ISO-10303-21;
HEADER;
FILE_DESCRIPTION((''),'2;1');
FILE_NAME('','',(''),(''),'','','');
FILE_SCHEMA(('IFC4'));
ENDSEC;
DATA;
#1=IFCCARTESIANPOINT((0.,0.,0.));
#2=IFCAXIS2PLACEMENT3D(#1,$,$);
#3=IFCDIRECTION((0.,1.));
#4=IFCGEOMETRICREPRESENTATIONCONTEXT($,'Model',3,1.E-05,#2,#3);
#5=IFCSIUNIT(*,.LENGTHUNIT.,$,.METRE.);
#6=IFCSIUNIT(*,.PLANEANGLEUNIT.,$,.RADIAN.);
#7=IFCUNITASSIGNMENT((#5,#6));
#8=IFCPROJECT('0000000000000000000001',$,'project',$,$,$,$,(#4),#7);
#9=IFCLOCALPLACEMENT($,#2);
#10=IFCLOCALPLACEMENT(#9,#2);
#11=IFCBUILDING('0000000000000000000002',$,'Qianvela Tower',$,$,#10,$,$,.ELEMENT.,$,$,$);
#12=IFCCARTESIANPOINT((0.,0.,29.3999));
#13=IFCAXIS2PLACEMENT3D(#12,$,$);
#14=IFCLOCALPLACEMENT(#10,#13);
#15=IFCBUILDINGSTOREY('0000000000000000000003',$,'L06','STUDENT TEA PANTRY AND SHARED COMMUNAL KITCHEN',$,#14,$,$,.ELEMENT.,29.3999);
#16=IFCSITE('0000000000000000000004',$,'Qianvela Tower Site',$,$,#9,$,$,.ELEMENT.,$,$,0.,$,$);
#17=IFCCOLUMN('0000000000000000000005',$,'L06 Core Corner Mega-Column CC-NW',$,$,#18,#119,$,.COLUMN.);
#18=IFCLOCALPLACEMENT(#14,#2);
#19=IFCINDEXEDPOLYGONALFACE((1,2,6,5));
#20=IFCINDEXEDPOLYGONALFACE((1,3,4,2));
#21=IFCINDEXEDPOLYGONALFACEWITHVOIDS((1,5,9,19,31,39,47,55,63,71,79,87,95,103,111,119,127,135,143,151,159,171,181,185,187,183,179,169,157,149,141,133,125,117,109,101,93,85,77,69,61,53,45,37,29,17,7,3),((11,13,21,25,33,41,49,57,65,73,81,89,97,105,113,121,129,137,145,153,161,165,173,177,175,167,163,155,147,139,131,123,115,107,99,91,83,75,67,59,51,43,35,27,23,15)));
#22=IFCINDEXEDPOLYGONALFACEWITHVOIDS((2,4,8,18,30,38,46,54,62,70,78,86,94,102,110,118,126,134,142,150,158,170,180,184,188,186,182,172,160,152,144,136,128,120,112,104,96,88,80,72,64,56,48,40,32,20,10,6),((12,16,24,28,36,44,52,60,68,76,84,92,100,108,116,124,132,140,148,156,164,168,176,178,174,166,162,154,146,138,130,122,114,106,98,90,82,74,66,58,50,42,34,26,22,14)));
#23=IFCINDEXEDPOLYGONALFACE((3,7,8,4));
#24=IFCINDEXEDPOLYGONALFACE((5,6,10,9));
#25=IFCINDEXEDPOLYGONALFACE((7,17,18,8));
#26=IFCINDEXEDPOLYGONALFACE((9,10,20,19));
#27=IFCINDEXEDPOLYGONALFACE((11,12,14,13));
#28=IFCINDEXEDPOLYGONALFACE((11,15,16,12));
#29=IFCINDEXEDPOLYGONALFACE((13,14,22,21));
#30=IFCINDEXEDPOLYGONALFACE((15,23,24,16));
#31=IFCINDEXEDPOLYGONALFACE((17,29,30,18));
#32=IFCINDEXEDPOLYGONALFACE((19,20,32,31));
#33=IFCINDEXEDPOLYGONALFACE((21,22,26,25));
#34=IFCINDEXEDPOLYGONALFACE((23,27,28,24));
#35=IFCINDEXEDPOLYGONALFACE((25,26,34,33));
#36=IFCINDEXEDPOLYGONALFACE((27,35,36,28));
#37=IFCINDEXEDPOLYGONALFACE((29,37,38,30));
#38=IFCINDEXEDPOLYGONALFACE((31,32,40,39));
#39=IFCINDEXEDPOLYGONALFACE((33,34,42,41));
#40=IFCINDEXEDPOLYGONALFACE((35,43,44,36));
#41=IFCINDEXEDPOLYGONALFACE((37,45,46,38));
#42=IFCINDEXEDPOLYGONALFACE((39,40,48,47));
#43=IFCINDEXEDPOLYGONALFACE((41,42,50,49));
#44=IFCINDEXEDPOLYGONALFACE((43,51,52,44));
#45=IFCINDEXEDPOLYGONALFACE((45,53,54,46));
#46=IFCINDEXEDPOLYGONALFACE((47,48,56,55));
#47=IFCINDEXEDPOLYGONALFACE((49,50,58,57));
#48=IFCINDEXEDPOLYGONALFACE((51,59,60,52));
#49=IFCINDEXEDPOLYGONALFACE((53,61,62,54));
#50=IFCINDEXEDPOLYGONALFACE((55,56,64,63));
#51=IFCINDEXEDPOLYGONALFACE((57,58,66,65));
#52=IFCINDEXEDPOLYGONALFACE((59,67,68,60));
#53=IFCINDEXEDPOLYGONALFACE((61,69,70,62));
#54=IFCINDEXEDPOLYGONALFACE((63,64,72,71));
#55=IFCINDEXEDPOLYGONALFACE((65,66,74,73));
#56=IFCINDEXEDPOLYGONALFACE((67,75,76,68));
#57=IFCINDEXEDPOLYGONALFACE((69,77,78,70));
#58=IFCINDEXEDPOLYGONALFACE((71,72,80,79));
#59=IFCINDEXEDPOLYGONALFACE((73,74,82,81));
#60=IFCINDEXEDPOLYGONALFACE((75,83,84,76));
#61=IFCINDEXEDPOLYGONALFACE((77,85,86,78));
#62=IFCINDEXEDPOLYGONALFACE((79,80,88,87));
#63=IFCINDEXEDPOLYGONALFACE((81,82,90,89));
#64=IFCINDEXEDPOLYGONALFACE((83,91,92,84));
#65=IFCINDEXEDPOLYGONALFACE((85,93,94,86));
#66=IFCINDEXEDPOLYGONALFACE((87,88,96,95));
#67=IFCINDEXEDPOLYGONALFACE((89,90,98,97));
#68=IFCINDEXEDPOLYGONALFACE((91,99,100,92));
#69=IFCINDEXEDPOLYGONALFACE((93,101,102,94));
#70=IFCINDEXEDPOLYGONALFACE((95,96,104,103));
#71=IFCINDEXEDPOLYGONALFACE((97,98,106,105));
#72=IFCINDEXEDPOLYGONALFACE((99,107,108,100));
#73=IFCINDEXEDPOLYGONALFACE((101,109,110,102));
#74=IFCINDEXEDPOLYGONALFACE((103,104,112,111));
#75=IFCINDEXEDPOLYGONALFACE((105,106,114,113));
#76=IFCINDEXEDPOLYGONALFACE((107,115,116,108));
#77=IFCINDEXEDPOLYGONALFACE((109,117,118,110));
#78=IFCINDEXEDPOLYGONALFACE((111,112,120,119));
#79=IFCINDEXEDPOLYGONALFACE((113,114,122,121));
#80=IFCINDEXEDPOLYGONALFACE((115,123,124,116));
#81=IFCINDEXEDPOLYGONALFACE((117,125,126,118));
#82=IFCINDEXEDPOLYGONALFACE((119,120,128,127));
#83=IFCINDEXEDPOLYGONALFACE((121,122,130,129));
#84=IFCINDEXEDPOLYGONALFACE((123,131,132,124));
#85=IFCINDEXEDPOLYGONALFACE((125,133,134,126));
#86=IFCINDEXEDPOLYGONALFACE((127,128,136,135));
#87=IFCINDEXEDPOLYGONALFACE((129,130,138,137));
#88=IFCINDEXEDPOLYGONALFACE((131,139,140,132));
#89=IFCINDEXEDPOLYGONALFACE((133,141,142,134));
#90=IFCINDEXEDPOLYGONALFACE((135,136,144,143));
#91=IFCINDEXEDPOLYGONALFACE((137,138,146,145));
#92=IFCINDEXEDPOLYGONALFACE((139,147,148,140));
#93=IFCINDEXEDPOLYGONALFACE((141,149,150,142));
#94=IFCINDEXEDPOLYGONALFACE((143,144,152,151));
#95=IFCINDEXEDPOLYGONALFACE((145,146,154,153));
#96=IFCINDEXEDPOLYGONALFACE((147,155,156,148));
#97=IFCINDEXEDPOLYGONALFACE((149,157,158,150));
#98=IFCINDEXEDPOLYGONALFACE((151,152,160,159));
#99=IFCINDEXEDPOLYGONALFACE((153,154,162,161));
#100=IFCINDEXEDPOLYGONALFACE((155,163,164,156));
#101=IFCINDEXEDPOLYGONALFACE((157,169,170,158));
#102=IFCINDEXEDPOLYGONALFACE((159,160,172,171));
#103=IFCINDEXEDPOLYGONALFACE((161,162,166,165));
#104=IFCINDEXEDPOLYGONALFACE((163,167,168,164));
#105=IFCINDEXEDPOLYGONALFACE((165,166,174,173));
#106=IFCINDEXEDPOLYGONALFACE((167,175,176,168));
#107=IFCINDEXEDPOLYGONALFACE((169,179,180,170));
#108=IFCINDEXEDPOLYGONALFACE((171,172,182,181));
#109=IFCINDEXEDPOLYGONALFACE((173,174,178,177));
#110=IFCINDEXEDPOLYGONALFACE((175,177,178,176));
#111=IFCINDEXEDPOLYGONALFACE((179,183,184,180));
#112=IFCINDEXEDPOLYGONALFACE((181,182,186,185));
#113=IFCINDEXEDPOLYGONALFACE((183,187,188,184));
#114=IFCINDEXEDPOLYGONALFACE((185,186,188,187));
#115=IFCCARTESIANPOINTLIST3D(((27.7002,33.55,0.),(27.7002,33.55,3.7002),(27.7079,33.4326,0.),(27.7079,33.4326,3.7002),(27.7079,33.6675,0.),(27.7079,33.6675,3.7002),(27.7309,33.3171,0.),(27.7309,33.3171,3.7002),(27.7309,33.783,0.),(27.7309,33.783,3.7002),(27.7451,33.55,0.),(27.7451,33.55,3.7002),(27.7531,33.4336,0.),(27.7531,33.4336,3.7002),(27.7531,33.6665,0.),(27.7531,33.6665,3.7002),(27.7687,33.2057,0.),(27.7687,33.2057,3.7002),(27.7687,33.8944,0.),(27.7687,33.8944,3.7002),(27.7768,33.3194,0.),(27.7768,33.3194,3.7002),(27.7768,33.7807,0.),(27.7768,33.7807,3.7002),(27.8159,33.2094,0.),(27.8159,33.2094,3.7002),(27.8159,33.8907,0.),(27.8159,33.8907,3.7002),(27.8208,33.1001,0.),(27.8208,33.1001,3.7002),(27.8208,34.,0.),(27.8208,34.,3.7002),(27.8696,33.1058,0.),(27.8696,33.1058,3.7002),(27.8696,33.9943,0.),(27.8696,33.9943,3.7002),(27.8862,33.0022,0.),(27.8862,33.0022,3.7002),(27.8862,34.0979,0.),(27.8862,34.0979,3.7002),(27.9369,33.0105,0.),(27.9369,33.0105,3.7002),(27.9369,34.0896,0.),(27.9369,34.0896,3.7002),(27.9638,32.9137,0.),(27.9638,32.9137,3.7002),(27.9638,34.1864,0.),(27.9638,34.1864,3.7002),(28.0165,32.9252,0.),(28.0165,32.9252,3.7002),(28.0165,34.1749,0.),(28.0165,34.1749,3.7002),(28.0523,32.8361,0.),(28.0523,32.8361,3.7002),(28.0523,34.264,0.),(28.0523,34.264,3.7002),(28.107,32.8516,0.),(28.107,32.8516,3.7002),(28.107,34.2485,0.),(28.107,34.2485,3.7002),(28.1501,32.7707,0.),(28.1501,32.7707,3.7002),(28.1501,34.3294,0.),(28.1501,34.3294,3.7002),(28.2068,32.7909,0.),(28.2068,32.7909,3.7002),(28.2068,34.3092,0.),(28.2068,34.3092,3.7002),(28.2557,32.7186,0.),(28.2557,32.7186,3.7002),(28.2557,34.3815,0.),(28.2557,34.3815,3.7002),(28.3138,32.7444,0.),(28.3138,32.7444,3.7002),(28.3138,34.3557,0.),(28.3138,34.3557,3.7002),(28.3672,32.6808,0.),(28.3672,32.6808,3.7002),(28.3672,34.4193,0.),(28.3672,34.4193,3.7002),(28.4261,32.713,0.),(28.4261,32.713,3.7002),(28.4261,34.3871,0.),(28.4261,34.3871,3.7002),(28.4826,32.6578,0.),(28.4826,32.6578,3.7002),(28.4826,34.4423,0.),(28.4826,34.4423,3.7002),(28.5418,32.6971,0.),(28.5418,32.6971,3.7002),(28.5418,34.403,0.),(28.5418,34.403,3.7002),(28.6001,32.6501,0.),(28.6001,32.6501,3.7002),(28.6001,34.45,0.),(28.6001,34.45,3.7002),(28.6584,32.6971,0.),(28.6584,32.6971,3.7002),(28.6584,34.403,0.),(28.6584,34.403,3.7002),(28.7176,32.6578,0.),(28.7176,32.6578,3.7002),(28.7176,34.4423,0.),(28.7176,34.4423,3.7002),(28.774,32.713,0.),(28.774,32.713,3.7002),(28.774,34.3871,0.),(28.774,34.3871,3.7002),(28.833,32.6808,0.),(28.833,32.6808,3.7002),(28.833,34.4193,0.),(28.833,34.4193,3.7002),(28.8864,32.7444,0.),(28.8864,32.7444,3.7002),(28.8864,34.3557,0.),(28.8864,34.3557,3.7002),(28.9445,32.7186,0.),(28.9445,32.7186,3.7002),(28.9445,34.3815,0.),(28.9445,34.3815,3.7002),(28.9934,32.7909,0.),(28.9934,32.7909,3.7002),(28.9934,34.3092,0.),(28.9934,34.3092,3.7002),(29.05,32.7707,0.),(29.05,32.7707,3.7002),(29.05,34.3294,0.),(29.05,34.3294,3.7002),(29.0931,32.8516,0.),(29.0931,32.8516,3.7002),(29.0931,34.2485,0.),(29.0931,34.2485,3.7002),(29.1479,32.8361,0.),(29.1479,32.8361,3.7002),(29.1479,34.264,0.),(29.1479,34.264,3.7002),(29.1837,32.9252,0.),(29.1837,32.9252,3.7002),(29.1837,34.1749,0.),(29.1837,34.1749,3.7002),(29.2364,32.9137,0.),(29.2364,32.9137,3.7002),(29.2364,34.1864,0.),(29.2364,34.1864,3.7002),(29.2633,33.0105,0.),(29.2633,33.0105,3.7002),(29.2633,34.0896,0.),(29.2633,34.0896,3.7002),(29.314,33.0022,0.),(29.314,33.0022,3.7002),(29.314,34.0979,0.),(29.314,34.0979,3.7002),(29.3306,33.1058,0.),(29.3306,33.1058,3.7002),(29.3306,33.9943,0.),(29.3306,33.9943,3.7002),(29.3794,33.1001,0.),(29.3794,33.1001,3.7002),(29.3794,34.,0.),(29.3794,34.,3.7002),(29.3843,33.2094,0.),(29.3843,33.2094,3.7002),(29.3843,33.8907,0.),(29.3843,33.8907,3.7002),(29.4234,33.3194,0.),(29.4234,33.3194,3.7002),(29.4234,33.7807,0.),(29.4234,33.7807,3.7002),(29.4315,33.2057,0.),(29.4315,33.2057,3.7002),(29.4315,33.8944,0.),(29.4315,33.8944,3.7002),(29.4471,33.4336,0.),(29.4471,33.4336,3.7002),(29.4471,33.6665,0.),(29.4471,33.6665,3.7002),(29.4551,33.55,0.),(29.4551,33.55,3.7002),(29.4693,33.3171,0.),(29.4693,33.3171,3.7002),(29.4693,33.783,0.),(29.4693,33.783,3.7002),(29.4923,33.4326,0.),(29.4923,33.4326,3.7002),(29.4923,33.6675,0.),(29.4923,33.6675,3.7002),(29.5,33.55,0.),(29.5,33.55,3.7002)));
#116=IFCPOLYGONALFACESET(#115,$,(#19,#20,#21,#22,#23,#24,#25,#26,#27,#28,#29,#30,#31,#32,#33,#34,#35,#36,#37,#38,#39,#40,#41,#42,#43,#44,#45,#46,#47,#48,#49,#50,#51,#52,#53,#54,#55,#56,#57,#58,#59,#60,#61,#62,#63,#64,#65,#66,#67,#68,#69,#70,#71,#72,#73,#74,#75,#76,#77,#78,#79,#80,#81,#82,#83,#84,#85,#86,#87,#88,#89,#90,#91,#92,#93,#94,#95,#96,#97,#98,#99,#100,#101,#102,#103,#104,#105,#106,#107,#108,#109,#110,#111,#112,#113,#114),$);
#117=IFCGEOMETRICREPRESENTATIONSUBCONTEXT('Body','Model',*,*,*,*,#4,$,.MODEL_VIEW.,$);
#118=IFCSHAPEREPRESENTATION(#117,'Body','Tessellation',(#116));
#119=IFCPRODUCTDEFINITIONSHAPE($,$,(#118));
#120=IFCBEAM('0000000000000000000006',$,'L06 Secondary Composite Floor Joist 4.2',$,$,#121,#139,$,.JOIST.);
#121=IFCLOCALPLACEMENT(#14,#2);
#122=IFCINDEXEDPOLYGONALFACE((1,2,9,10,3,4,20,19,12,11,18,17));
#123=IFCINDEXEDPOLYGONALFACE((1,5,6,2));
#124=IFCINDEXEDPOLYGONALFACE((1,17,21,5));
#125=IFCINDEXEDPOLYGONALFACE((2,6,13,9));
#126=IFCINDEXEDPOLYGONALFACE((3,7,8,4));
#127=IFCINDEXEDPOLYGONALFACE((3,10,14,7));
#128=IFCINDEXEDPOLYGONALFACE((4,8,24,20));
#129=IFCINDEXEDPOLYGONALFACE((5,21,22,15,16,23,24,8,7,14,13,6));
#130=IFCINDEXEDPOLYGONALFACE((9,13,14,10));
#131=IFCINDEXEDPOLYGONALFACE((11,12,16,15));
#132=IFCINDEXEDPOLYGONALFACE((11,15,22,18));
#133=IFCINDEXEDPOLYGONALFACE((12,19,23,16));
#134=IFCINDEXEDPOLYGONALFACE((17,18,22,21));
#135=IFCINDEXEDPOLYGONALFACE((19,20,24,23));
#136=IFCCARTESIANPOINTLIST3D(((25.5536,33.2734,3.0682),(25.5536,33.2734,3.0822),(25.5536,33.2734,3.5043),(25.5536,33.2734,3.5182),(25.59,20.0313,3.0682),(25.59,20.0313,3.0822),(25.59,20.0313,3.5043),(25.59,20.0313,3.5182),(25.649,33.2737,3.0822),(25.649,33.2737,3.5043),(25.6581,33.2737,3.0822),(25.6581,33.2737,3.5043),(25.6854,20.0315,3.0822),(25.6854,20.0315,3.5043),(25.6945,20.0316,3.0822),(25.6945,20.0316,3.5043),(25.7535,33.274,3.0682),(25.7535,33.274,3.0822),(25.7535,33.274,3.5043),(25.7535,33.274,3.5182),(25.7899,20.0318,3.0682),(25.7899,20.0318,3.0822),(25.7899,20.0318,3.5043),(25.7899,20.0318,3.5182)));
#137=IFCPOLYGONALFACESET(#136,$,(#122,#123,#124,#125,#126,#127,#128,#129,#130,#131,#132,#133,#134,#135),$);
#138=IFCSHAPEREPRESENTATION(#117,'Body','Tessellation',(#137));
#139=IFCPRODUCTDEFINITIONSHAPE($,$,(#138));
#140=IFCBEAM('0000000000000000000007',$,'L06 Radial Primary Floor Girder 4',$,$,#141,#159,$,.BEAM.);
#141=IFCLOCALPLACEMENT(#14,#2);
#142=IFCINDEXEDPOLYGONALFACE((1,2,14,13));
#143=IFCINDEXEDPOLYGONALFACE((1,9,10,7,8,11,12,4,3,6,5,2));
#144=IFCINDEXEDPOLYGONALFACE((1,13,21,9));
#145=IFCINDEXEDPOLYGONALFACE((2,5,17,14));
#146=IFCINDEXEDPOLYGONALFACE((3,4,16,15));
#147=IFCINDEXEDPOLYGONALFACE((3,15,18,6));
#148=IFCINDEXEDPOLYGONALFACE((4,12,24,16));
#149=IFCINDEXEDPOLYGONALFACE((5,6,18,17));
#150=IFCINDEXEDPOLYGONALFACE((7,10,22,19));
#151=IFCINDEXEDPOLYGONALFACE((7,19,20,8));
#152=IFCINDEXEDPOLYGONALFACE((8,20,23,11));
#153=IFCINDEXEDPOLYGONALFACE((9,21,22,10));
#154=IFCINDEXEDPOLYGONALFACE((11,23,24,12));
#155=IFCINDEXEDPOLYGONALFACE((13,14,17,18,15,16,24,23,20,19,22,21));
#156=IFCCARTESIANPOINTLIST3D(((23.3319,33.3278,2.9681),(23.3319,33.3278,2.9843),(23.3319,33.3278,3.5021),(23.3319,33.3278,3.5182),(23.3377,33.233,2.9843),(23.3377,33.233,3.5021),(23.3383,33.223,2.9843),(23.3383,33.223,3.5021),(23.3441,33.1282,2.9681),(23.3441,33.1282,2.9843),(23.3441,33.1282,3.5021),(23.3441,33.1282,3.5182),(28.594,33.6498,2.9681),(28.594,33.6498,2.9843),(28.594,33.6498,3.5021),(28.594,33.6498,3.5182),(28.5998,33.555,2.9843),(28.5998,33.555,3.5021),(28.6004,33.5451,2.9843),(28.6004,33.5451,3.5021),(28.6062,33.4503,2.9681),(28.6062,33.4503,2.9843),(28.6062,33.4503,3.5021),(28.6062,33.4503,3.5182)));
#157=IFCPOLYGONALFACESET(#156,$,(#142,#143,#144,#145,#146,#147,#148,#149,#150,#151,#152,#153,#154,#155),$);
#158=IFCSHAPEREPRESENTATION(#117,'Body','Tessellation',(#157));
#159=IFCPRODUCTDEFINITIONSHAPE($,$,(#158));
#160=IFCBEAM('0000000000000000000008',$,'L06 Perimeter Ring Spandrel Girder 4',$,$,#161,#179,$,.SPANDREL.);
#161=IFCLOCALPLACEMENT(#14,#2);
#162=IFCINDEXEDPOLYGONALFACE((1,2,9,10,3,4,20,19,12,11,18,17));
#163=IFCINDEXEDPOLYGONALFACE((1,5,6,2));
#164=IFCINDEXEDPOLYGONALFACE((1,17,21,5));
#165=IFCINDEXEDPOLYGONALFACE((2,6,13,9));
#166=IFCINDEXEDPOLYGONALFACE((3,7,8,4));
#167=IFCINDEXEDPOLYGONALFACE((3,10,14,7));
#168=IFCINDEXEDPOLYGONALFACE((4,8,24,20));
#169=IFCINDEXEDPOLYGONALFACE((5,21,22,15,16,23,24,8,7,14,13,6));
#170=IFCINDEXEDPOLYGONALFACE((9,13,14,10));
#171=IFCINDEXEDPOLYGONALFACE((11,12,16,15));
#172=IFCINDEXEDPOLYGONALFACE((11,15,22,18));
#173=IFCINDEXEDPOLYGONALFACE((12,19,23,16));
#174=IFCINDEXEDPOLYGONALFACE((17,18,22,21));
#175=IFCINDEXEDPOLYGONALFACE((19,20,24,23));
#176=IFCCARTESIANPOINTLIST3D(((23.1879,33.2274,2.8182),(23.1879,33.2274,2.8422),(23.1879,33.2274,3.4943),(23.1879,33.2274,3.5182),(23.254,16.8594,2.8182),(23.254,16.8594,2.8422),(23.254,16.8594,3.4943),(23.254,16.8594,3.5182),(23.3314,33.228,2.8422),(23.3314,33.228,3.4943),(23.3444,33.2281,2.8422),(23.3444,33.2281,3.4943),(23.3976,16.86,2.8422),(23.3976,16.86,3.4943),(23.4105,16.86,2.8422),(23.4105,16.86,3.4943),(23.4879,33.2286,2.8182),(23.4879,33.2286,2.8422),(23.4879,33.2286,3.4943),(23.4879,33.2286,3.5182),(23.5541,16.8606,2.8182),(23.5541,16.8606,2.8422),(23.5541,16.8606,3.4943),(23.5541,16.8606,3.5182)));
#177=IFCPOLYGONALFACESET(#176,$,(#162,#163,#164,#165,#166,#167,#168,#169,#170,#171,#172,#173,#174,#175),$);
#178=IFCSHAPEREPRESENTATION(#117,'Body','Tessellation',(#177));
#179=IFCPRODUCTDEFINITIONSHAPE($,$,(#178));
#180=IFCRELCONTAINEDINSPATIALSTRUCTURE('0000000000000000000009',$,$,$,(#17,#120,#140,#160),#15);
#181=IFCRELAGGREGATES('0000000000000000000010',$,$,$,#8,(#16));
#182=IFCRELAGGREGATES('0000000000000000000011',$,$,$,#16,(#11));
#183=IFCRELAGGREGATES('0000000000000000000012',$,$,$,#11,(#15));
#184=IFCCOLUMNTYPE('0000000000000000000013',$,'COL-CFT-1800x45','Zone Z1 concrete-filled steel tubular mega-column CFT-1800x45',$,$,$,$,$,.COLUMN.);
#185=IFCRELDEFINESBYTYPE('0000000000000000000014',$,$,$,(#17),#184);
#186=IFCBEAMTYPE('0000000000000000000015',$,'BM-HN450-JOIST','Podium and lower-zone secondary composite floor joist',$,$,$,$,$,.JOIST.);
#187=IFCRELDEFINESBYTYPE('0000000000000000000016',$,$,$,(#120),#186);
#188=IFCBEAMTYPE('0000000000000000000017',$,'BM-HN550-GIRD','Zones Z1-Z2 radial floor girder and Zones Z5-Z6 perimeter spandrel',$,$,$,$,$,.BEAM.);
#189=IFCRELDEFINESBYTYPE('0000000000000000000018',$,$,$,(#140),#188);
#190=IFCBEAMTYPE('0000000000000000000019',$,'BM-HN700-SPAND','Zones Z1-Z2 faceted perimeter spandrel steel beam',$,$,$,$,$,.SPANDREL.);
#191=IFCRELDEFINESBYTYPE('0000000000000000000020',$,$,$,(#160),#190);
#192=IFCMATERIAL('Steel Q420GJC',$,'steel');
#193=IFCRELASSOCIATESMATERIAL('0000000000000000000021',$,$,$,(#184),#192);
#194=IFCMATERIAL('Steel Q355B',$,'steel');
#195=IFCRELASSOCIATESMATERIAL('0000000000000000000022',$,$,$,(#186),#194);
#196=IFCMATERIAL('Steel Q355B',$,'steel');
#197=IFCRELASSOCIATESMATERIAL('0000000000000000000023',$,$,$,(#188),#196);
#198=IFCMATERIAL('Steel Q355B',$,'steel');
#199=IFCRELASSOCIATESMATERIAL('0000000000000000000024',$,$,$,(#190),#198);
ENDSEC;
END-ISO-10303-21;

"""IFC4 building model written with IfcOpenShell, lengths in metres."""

from ifc_helpers import new_model, si_unit, direction, frame, origin, origin_2d, place, context, subcontext, project, spatial, hollow_circle, i_section, extrude, material, material_profile, profile_set, type_object, element, save


model = new_model("IFC4")

# Units and contexts
model_context = context("Model", 3, precision=1e-05, world=origin(), true_north=direction((0.0, 1.0)))
body_context = subcontext(model_context, "Body", "Model", "MODEL_VIEW")
ifc_project = project(units=[si_unit("LENGTHUNIT", "METRE"), si_unit("PLANEANGLEUNIT", "RADIAN")], contexts=[model_context])

# Site, building, storey
site_placement = place(None, origin())
site = spatial("IfcSite", under=ifc_project, at=site_placement, Name="Qianvela Tower Site", CompositionType="ELEMENT", RefElevation=0.0)
building_placement = place(site_placement, origin())
building = spatial("IfcBuilding", under=site, at=building_placement, Name="Qianvela Tower", CompositionType="ELEMENT")
storey_placement = place(building_placement, frame((0.0, 0.0, 29.3999)))
storey = spatial("IfcBuildingStorey", under=building, at=storey_placement, Name="L06", Description="STUDENT TEA PANTRY AND SHARED COMMUNAL KITCHEN", CompositionType="ELEMENT", Elevation=29.3999)

# Column
ifc_material_1 = material(Name="Steel Q420GJC", Category="steel")
ifc_material_profile_1 = material_profile(ifc_material_1, hollow_circle(Radius=0.8999, WallThickness=0.0449, at=origin_2d()), Name="CFT-1800x45")
ifc_profile_set_1 = profile_set([ifc_material_profile_1], Name="Steel Q420GJC")
column_type = type_object("IfcColumnType", Name="COL-CFT-1800x45", Description="Zone Z1 concrete-filled steel tubular mega-column CFT-1800x45", PredefinedType="COLUMN", material=ifc_profile_set_1)
column_placement = place(storey_placement, frame((28.6001, 33.55, 0.0), z_axis=(0.0, 0.0, 1.0), x_axis=(1.0, 0.0, 0.0)))
element("IfcColumn", 1, at=column_placement, inside=storey, type_object=column_type, Name="L06 Core Corner Mega-Column CC-NW", PredefinedType="COLUMN", context=body_context, shape_type="SweptSolid", body=[
    extrude(hollow_circle(Radius=0.8999, WallThickness=0.0449, at=origin_2d()), origin(), (0.0, 0.0, 1.0), 3.7002),
])

# Beams
ifc_material_2 = material(Name="Steel Q355B", Category="steel")
ifc_material_profile_2 = material_profile(ifc_material_2, i_section(OverallWidth=0.2, OverallDepth=0.45, WebThickness=0.009, FlangeThickness=0.0139, at=origin_2d()), Name="HN450x200x9x14")
ifc_profile_set_2 = profile_set([ifc_material_profile_2], Name="Steel Q355B")
beam_type_1 = type_object("IfcBeamType", Name="BM-HN450-JOIST", Description="Podium and lower-zone secondary composite floor joist", PredefinedType="JOIST", material=ifc_profile_set_2)
beam_1_placement = place(storey_placement, frame((25.6536, 33.2737, 3.2932), z_axis=(0.002747, -0.999996, 0.0), x_axis=(0.999996, 0.002747, 0.0)))
element("IfcBeam", 2, at=beam_1_placement, inside=storey, type_object=beam_type_1, Name="L06 Secondary Composite Floor Joist 4.2", PredefinedType="JOIST", context=body_context, shape_type="SweptSolid", body=[
    extrude(i_section(OverallWidth=0.2, OverallDepth=0.45, WebThickness=0.009, FlangeThickness=0.0139, at=origin_2d()), origin(), (0.0, 0.0, 1.0), 13.2422),
])
ifc_material_3 = material(Name="Steel Q355B", Category="steel")
ifc_material_profile_3 = material_profile(ifc_material_3, i_section(OverallWidth=0.2, OverallDepth=0.55, WebThickness=0.01, FlangeThickness=0.0161, at=origin_2d()), Name="HN550x200x10x16")
ifc_profile_set_3 = profile_set([ifc_material_profile_3], Name="Steel Q355B")
beam_type_2 = type_object("IfcBeamType", Name="BM-HN550-GIRD", Description="Zones Z1-Z2 radial floor girder and Zones Z5-Z6 perimeter spandrel", PredefinedType="BEAM", material=ifc_profile_set_3)
beam_2_placement = place(storey_placement, frame((28.6001, 33.55, 3.2432), z_axis=(-0.998133, -0.061081, 0.0), x_axis=(0.061081, -0.998133, 0.0)))
element("IfcBeam", 3, at=beam_2_placement, inside=storey, type_object=beam_type_2, Name="L06 Radial Primary Floor Girder 4", PredefinedType="BEAM", context=body_context, shape_type="SweptSolid", body=[
    extrude(i_section(OverallWidth=0.2, OverallDepth=0.55, WebThickness=0.01, FlangeThickness=0.0161, at=origin_2d()), origin(), (0.0, 0.0, 1.0), 5.272),
])
ifc_material_4 = material(Name="Steel Q355B", Category="steel")
ifc_material_profile_4 = material_profile(ifc_material_4, i_section(OverallWidth=0.3, OverallDepth=0.7, WebThickness=0.0129, FlangeThickness=0.0239, at=origin_2d()), Name="HN700x300x13x24")
ifc_profile_set_4 = profile_set([ifc_material_profile_4], Name="Steel Q355B")
beam_type_3 = type_object("IfcBeamType", Name="BM-HN700-SPAND", Description="Zones Z1-Z2 faceted perimeter spandrel steel beam", PredefinedType="SPANDREL", material=ifc_profile_set_4)
beam_3_placement = place(storey_placement, frame((23.3379, 33.228, 3.1682), z_axis=(0.004042, -0.999992, 0.0), x_axis=(0.999992, 0.004042, 0.0)))
element("IfcBeam", 4, at=beam_3_placement, inside=storey, type_object=beam_type_3, Name="L06 Perimeter Ring Spandrel Girder 4", PredefinedType="SPANDREL", context=body_context, shape_type="SweptSolid", body=[
    extrude(i_section(OverallWidth=0.3, OverallDepth=0.7, WebThickness=0.0129, FlangeThickness=0.0239, at=origin_2d()), origin(), (0.0, 0.0, 1.0), 16.3682),
])

save(model, "model.ifc")
